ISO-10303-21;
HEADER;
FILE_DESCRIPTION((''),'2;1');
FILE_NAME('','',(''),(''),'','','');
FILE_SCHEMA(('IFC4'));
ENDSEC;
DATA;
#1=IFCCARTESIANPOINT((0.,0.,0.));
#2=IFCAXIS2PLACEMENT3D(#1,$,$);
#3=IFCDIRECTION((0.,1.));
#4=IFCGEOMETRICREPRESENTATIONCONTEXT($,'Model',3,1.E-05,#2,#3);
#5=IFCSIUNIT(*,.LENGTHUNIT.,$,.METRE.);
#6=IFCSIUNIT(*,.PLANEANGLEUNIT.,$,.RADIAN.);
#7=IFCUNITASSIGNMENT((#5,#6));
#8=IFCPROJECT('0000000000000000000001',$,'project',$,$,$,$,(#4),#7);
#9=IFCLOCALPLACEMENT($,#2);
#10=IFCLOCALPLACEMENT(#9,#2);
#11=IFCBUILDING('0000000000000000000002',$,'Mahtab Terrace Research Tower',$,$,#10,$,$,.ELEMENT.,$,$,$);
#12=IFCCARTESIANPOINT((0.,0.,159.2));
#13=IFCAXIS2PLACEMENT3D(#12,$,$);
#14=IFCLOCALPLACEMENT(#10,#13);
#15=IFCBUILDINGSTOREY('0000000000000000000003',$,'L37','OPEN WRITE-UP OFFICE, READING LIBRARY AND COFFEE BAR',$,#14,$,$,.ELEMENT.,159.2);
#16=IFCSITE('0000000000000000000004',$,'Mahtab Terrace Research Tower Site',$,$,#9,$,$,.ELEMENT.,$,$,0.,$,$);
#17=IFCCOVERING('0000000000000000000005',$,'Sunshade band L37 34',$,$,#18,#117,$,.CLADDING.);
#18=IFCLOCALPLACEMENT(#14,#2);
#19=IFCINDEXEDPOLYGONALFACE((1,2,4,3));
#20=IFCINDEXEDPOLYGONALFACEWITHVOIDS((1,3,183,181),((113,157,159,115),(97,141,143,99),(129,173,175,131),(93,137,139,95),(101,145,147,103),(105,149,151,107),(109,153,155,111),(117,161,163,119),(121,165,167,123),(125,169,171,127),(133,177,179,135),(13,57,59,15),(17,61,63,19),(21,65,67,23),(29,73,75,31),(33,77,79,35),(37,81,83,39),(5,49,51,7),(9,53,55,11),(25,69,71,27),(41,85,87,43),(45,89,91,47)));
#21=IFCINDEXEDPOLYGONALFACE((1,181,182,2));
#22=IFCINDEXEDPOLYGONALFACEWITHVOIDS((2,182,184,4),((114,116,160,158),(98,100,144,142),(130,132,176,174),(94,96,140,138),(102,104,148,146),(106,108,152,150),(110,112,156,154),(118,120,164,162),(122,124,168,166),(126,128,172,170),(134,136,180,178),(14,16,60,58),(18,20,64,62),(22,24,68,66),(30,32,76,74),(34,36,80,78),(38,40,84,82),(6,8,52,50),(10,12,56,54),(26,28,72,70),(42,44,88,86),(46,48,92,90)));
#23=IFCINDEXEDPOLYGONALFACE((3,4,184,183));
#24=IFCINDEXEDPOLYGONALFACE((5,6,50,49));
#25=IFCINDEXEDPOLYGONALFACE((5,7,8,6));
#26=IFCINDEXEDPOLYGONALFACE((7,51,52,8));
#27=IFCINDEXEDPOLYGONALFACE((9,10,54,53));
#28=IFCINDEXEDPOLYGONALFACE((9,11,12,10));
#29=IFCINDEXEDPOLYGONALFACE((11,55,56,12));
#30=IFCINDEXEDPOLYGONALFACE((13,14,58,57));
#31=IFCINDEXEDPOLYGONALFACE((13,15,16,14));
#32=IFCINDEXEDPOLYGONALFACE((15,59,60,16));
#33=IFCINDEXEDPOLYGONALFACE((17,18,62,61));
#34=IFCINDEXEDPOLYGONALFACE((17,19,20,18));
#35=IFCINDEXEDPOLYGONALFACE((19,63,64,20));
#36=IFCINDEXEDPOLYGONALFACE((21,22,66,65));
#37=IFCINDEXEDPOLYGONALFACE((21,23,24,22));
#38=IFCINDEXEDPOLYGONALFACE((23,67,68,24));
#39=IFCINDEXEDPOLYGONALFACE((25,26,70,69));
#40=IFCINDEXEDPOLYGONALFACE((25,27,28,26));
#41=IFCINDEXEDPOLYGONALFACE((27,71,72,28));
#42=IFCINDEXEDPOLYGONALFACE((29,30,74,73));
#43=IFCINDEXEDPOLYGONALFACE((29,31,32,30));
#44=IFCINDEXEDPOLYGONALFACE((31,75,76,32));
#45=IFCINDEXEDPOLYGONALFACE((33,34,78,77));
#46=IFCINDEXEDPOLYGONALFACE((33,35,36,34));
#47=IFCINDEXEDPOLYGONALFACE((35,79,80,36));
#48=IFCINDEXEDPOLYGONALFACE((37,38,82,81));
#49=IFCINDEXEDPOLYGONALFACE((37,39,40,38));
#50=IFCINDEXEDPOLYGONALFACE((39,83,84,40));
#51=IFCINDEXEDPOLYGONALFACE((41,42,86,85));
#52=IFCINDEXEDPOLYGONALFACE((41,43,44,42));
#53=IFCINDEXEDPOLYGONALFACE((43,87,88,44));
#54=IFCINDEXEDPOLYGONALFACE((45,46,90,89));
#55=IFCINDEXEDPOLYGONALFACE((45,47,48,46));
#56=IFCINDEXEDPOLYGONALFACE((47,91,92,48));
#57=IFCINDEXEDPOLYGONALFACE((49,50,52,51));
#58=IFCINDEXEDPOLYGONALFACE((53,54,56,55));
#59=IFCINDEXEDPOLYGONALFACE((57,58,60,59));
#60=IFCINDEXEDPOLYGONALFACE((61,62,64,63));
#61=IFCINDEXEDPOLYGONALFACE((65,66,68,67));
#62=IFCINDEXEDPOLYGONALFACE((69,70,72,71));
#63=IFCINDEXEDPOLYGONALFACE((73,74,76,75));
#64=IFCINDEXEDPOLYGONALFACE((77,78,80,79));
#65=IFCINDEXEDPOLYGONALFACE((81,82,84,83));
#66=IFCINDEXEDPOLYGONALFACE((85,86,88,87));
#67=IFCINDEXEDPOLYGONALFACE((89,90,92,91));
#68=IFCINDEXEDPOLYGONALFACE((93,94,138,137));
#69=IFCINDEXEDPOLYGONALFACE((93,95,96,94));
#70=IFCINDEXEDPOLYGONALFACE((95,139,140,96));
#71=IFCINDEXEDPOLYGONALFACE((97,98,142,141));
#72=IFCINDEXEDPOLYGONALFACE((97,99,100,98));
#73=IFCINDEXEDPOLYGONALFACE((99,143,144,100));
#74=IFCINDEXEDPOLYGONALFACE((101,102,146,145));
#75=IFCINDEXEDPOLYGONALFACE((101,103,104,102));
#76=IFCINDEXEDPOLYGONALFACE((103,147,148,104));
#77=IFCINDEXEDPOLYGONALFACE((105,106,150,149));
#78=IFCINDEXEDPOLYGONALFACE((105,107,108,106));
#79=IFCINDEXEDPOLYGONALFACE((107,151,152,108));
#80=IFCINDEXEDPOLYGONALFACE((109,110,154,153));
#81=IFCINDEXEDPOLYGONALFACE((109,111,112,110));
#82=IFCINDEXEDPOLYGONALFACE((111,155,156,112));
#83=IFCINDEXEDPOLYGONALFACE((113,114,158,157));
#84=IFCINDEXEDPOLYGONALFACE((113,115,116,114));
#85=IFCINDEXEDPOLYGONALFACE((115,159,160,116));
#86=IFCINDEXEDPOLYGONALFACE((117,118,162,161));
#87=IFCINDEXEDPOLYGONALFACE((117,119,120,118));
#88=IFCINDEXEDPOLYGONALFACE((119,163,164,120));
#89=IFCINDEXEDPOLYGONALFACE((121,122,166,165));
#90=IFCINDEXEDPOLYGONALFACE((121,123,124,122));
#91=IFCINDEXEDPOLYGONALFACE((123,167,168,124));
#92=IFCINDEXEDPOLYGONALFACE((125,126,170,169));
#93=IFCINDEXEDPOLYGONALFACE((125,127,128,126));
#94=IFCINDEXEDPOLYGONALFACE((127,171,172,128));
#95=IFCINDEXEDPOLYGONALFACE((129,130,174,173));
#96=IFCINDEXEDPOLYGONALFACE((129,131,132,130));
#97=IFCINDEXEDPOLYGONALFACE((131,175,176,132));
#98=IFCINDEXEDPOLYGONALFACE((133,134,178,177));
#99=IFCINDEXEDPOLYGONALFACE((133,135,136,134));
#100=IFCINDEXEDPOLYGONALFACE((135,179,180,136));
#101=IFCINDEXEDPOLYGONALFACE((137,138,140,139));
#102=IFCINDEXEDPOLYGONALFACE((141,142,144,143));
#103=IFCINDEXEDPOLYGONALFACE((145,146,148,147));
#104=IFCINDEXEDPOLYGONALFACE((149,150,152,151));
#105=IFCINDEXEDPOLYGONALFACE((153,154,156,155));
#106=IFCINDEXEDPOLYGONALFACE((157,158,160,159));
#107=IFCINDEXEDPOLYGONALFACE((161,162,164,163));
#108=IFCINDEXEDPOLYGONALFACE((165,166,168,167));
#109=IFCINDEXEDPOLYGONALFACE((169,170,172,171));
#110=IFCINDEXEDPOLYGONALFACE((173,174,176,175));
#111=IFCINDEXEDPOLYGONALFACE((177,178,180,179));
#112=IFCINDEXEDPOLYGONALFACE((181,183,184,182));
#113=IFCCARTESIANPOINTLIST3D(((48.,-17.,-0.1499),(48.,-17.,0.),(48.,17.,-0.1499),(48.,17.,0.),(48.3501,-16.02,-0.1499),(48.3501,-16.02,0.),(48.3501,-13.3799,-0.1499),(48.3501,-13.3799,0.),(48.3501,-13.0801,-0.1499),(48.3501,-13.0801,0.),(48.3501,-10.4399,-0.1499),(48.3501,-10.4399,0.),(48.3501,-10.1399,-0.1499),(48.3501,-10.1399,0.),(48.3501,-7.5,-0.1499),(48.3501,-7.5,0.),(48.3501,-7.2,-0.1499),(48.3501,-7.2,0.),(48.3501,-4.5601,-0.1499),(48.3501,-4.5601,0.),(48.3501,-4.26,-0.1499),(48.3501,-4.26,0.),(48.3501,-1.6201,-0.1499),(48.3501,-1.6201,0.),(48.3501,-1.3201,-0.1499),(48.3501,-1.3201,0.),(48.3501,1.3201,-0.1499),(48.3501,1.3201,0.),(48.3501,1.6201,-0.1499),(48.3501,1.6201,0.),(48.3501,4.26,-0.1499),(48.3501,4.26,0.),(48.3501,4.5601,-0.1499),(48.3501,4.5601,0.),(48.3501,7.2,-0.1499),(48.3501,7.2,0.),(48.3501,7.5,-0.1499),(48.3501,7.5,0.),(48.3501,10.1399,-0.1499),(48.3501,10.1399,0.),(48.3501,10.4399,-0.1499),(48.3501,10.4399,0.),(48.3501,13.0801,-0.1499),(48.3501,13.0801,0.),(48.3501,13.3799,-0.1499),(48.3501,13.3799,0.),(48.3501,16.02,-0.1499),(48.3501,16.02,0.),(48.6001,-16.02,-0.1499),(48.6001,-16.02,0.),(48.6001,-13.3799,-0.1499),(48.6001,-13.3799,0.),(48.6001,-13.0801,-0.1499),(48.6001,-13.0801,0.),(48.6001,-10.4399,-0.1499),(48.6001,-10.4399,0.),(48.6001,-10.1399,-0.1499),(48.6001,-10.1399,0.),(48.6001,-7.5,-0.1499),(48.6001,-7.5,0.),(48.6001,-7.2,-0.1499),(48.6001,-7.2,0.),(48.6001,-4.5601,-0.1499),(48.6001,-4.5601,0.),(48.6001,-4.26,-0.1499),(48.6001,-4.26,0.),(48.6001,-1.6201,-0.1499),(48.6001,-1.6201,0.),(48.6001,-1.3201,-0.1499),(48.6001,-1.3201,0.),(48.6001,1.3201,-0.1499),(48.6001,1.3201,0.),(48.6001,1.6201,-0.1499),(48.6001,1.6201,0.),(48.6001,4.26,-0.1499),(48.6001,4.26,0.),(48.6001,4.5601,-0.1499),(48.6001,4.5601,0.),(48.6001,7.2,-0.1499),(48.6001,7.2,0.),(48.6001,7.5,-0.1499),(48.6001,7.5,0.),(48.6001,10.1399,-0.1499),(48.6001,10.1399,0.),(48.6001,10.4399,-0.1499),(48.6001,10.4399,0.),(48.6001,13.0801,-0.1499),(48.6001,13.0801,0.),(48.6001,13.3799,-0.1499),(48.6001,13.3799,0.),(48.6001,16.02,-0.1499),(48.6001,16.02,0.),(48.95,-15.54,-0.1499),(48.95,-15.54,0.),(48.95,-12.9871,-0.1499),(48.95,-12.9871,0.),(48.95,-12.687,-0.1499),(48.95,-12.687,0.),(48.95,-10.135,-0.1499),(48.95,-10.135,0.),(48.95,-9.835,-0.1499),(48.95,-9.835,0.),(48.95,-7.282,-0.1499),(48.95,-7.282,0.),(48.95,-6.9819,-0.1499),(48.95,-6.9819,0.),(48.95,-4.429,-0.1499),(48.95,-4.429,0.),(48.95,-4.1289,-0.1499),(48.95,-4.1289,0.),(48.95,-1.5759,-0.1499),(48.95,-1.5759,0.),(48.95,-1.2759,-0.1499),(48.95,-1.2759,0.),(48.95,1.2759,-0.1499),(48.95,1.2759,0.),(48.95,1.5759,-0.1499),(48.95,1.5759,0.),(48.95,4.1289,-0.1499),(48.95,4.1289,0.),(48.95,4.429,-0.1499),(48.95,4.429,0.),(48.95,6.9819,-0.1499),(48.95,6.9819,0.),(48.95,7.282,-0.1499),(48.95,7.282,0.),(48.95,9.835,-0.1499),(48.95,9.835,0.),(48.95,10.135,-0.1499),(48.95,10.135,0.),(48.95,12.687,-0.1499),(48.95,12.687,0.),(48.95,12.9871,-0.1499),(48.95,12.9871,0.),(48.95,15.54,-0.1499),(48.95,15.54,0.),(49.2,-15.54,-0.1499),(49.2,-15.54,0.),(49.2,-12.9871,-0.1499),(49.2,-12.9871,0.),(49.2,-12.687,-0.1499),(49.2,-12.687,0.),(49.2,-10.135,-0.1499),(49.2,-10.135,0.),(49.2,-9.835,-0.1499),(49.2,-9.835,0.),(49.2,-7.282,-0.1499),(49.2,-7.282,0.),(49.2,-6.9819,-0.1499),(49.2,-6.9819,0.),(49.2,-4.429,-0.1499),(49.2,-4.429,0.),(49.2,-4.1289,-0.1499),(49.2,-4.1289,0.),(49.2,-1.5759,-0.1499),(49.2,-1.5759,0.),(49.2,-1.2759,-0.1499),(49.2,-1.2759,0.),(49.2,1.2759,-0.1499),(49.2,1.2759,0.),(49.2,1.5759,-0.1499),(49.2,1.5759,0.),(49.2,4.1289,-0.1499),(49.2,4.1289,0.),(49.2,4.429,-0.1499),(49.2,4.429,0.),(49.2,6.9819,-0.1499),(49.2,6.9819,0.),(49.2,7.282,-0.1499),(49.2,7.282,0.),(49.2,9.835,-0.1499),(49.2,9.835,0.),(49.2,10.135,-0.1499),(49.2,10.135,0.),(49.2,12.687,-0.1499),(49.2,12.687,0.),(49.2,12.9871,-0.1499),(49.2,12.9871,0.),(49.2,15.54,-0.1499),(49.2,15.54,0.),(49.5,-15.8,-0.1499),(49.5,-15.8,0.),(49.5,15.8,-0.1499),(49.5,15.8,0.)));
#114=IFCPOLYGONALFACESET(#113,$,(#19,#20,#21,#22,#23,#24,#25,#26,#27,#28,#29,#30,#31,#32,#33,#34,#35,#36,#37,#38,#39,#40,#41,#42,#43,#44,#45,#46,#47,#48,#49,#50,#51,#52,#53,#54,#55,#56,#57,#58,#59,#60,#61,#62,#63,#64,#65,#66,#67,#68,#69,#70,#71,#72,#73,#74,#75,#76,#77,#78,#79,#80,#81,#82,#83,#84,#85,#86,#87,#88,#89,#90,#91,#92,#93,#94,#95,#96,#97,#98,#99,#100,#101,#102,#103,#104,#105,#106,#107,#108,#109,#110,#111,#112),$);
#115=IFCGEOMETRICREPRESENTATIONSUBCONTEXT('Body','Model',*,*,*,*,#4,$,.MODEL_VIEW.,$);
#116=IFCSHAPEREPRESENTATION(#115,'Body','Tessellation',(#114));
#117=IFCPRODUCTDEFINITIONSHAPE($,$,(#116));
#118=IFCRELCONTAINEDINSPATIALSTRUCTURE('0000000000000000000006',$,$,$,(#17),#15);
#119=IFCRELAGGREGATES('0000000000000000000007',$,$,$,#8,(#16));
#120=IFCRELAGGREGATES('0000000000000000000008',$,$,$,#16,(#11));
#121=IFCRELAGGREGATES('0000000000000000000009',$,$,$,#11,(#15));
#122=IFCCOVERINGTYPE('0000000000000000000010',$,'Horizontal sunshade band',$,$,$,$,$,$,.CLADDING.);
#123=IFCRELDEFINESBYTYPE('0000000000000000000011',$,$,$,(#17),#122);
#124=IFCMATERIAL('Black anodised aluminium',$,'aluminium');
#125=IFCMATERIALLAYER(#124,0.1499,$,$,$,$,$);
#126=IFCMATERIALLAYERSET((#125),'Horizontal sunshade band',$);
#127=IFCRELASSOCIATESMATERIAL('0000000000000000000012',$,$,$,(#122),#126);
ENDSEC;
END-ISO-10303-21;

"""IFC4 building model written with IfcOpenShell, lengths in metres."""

from ifc_helpers import new_model, si_unit, direction, frame, origin, place, context, subcontext, project, spatial, polyline, outline, extrude, material, layer, layer_set, type_object, element, save


model = new_model("IFC4")

# Units and contexts
model_context = context("Model", 3, precision=1e-05, world=origin(), true_north=direction((0.0, 1.0)))
body_context = subcontext(model_context, "Body", "Model", "MODEL_VIEW")
ifc_project = project(units=[si_unit("LENGTHUNIT", "METRE"), si_unit("PLANEANGLEUNIT", "RADIAN")], contexts=[model_context])

# Site, building, storey
site_placement = place(None, origin())
site = spatial("IfcSite", under=ifc_project, at=site_placement, Name="Mahtab Terrace Research Tower Site", CompositionType="ELEMENT", RefElevation=0.0)
building_placement = place(site_placement, origin())
building = spatial("IfcBuilding", under=site, at=building_placement, Name="Mahtab Terrace Research Tower", CompositionType="ELEMENT")
storey_placement = place(building_placement, frame((0.0, 0.0, 159.2)))
storey = spatial("IfcBuildingStorey", under=building, at=storey_placement, Name="L37", Description="OPEN WRITE-UP OFFICE, READING LIBRARY AND COFFEE BAR", CompositionType="ELEMENT", Elevation=159.2)

# Covering
ifc_material_1 = material(Name="Black anodised aluminium", Category="aluminium")
ifc_layer_1 = layer(ifc_material_1, 0.1499)
ifc_layer_set_1 = layer_set([ifc_layer_1], Name="Horizontal sunshade band")
covering_type_1 = type_object("IfcCoveringType", Name="Horizontal sunshade band", PredefinedType="CLADDING", material=ifc_layer_set_1)
covering_1_placement = place(storey_placement, frame((0.0, 0.0, -0.1499)))
element("IfcCovering", 1, at=covering_1_placement, inside=storey, type_object=covering_type_1, Name="Sunshade band L37 34", PredefinedType="CLADDING", context=body_context, shape_type="SweptSolid", body=[
    extrude(outline(polyline([(48.0, -17.0), (48.0, 17.0), (49.5, 15.8), (49.5, -15.8), (48.0, -17.0)]), holes=[polyline([(48.3501, -16.02), (48.3501, -13.3799), (48.6001, -13.3799), (48.6001, -16.02), (48.3501, -16.02)]), polyline([(48.3501, -13.0801), (48.3501, -10.4399), (48.6001, -10.4399), (48.6001, -13.0801), (48.3501, -13.0801)]), polyline([(48.3501, -10.1399), (48.3501, -7.5), (48.6001, -7.5), (48.6001, -10.1399), (48.3501, -10.1399)]), polyline([(48.3501, -7.2), (48.3501, -4.5601), (48.6001, -4.5601), (48.6001, -7.2), (48.3501, -7.2)]), polyline([(48.3501, -4.26), (48.3501, -1.6201), (48.6001, -1.6201), (48.6001, -4.26), (48.3501, -4.26)]), polyline([(48.3501, -1.3201), (48.3501, 1.3201), (48.6001, 1.3201), (48.6001, -1.3201), (48.3501, -1.3201)]), polyline([(48.3501, 1.6201), (48.3501, 4.26), (48.6001, 4.26), (48.6001, 1.6201), (48.3501, 1.6201)]), polyline([(48.3501, 4.5601), (48.3501, 7.2), (48.6001, 7.2), (48.6001, 4.5601), (48.3501, 4.5601)]), polyline([(48.3501, 7.5), (48.3501, 10.1399), (48.6001, 10.1399), (48.6001, 7.5), (48.3501, 7.5)]), polyline([(48.3501, 10.4399), (48.3501, 13.0801), (48.6001, 13.0801), (48.6001, 10.4399), (48.3501, 10.4399)]), polyline([(48.3501, 13.3799), (48.3501, 16.02), (48.6001, 16.02), (48.6001, 13.3799), (48.3501, 13.3799)]), polyline([(48.95, -15.54), (48.95, -12.9871), (49.2, -12.9871), (49.2, -15.54), (48.95, -15.54)]), polyline([(48.95, -12.687), (48.95, -10.135), (49.2, -10.135), (49.2, -12.687), (48.95, -12.687)]), polyline([(48.95, -9.835), (48.95, -7.282), (49.2, -7.282), (49.2, -9.835), (48.95, -9.835)]), polyline([(48.95, -6.9819), (48.95, -4.429), (49.2, -4.429), (49.2, -6.9819), (48.95, -6.9819)]), polyline([(48.95, -4.1289), (48.95, -1.5759), (49.2, -1.5759), (49.2, -4.1289), (48.95, -4.1289)]), polyline([(48.95, -1.2759), (48.95, 1.2759), (49.2, 1.2759), (49.2, -1.2759), (48.95, -1.2759)]), polyline([(48.95, 1.5759), (48.95, 4.1289), (49.2, 4.1289), (49.2, 1.5759), (48.95, 1.5759)]), polyline([(48.95, 4.429), (48.95, 6.9819), (49.2, 6.9819), (49.2, 4.429), (48.95, 4.429)]), polyline([(48.95, 7.282), (48.95, 9.835), (49.2, 9.835), (49.2, 7.282), (48.95, 7.282)]), polyline([(48.95, 10.135), (48.95, 12.687), (49.2, 12.687), (49.2, 10.135), (48.95, 10.135)]), polyline([(48.95, 12.9871), (48.95, 15.54), (49.2, 15.54), (49.2, 12.9871), (48.95, 12.9871)])]), origin(), (0.0, 0.0, 1.0), 0.1499),
])

save(model, "model.ifc")
